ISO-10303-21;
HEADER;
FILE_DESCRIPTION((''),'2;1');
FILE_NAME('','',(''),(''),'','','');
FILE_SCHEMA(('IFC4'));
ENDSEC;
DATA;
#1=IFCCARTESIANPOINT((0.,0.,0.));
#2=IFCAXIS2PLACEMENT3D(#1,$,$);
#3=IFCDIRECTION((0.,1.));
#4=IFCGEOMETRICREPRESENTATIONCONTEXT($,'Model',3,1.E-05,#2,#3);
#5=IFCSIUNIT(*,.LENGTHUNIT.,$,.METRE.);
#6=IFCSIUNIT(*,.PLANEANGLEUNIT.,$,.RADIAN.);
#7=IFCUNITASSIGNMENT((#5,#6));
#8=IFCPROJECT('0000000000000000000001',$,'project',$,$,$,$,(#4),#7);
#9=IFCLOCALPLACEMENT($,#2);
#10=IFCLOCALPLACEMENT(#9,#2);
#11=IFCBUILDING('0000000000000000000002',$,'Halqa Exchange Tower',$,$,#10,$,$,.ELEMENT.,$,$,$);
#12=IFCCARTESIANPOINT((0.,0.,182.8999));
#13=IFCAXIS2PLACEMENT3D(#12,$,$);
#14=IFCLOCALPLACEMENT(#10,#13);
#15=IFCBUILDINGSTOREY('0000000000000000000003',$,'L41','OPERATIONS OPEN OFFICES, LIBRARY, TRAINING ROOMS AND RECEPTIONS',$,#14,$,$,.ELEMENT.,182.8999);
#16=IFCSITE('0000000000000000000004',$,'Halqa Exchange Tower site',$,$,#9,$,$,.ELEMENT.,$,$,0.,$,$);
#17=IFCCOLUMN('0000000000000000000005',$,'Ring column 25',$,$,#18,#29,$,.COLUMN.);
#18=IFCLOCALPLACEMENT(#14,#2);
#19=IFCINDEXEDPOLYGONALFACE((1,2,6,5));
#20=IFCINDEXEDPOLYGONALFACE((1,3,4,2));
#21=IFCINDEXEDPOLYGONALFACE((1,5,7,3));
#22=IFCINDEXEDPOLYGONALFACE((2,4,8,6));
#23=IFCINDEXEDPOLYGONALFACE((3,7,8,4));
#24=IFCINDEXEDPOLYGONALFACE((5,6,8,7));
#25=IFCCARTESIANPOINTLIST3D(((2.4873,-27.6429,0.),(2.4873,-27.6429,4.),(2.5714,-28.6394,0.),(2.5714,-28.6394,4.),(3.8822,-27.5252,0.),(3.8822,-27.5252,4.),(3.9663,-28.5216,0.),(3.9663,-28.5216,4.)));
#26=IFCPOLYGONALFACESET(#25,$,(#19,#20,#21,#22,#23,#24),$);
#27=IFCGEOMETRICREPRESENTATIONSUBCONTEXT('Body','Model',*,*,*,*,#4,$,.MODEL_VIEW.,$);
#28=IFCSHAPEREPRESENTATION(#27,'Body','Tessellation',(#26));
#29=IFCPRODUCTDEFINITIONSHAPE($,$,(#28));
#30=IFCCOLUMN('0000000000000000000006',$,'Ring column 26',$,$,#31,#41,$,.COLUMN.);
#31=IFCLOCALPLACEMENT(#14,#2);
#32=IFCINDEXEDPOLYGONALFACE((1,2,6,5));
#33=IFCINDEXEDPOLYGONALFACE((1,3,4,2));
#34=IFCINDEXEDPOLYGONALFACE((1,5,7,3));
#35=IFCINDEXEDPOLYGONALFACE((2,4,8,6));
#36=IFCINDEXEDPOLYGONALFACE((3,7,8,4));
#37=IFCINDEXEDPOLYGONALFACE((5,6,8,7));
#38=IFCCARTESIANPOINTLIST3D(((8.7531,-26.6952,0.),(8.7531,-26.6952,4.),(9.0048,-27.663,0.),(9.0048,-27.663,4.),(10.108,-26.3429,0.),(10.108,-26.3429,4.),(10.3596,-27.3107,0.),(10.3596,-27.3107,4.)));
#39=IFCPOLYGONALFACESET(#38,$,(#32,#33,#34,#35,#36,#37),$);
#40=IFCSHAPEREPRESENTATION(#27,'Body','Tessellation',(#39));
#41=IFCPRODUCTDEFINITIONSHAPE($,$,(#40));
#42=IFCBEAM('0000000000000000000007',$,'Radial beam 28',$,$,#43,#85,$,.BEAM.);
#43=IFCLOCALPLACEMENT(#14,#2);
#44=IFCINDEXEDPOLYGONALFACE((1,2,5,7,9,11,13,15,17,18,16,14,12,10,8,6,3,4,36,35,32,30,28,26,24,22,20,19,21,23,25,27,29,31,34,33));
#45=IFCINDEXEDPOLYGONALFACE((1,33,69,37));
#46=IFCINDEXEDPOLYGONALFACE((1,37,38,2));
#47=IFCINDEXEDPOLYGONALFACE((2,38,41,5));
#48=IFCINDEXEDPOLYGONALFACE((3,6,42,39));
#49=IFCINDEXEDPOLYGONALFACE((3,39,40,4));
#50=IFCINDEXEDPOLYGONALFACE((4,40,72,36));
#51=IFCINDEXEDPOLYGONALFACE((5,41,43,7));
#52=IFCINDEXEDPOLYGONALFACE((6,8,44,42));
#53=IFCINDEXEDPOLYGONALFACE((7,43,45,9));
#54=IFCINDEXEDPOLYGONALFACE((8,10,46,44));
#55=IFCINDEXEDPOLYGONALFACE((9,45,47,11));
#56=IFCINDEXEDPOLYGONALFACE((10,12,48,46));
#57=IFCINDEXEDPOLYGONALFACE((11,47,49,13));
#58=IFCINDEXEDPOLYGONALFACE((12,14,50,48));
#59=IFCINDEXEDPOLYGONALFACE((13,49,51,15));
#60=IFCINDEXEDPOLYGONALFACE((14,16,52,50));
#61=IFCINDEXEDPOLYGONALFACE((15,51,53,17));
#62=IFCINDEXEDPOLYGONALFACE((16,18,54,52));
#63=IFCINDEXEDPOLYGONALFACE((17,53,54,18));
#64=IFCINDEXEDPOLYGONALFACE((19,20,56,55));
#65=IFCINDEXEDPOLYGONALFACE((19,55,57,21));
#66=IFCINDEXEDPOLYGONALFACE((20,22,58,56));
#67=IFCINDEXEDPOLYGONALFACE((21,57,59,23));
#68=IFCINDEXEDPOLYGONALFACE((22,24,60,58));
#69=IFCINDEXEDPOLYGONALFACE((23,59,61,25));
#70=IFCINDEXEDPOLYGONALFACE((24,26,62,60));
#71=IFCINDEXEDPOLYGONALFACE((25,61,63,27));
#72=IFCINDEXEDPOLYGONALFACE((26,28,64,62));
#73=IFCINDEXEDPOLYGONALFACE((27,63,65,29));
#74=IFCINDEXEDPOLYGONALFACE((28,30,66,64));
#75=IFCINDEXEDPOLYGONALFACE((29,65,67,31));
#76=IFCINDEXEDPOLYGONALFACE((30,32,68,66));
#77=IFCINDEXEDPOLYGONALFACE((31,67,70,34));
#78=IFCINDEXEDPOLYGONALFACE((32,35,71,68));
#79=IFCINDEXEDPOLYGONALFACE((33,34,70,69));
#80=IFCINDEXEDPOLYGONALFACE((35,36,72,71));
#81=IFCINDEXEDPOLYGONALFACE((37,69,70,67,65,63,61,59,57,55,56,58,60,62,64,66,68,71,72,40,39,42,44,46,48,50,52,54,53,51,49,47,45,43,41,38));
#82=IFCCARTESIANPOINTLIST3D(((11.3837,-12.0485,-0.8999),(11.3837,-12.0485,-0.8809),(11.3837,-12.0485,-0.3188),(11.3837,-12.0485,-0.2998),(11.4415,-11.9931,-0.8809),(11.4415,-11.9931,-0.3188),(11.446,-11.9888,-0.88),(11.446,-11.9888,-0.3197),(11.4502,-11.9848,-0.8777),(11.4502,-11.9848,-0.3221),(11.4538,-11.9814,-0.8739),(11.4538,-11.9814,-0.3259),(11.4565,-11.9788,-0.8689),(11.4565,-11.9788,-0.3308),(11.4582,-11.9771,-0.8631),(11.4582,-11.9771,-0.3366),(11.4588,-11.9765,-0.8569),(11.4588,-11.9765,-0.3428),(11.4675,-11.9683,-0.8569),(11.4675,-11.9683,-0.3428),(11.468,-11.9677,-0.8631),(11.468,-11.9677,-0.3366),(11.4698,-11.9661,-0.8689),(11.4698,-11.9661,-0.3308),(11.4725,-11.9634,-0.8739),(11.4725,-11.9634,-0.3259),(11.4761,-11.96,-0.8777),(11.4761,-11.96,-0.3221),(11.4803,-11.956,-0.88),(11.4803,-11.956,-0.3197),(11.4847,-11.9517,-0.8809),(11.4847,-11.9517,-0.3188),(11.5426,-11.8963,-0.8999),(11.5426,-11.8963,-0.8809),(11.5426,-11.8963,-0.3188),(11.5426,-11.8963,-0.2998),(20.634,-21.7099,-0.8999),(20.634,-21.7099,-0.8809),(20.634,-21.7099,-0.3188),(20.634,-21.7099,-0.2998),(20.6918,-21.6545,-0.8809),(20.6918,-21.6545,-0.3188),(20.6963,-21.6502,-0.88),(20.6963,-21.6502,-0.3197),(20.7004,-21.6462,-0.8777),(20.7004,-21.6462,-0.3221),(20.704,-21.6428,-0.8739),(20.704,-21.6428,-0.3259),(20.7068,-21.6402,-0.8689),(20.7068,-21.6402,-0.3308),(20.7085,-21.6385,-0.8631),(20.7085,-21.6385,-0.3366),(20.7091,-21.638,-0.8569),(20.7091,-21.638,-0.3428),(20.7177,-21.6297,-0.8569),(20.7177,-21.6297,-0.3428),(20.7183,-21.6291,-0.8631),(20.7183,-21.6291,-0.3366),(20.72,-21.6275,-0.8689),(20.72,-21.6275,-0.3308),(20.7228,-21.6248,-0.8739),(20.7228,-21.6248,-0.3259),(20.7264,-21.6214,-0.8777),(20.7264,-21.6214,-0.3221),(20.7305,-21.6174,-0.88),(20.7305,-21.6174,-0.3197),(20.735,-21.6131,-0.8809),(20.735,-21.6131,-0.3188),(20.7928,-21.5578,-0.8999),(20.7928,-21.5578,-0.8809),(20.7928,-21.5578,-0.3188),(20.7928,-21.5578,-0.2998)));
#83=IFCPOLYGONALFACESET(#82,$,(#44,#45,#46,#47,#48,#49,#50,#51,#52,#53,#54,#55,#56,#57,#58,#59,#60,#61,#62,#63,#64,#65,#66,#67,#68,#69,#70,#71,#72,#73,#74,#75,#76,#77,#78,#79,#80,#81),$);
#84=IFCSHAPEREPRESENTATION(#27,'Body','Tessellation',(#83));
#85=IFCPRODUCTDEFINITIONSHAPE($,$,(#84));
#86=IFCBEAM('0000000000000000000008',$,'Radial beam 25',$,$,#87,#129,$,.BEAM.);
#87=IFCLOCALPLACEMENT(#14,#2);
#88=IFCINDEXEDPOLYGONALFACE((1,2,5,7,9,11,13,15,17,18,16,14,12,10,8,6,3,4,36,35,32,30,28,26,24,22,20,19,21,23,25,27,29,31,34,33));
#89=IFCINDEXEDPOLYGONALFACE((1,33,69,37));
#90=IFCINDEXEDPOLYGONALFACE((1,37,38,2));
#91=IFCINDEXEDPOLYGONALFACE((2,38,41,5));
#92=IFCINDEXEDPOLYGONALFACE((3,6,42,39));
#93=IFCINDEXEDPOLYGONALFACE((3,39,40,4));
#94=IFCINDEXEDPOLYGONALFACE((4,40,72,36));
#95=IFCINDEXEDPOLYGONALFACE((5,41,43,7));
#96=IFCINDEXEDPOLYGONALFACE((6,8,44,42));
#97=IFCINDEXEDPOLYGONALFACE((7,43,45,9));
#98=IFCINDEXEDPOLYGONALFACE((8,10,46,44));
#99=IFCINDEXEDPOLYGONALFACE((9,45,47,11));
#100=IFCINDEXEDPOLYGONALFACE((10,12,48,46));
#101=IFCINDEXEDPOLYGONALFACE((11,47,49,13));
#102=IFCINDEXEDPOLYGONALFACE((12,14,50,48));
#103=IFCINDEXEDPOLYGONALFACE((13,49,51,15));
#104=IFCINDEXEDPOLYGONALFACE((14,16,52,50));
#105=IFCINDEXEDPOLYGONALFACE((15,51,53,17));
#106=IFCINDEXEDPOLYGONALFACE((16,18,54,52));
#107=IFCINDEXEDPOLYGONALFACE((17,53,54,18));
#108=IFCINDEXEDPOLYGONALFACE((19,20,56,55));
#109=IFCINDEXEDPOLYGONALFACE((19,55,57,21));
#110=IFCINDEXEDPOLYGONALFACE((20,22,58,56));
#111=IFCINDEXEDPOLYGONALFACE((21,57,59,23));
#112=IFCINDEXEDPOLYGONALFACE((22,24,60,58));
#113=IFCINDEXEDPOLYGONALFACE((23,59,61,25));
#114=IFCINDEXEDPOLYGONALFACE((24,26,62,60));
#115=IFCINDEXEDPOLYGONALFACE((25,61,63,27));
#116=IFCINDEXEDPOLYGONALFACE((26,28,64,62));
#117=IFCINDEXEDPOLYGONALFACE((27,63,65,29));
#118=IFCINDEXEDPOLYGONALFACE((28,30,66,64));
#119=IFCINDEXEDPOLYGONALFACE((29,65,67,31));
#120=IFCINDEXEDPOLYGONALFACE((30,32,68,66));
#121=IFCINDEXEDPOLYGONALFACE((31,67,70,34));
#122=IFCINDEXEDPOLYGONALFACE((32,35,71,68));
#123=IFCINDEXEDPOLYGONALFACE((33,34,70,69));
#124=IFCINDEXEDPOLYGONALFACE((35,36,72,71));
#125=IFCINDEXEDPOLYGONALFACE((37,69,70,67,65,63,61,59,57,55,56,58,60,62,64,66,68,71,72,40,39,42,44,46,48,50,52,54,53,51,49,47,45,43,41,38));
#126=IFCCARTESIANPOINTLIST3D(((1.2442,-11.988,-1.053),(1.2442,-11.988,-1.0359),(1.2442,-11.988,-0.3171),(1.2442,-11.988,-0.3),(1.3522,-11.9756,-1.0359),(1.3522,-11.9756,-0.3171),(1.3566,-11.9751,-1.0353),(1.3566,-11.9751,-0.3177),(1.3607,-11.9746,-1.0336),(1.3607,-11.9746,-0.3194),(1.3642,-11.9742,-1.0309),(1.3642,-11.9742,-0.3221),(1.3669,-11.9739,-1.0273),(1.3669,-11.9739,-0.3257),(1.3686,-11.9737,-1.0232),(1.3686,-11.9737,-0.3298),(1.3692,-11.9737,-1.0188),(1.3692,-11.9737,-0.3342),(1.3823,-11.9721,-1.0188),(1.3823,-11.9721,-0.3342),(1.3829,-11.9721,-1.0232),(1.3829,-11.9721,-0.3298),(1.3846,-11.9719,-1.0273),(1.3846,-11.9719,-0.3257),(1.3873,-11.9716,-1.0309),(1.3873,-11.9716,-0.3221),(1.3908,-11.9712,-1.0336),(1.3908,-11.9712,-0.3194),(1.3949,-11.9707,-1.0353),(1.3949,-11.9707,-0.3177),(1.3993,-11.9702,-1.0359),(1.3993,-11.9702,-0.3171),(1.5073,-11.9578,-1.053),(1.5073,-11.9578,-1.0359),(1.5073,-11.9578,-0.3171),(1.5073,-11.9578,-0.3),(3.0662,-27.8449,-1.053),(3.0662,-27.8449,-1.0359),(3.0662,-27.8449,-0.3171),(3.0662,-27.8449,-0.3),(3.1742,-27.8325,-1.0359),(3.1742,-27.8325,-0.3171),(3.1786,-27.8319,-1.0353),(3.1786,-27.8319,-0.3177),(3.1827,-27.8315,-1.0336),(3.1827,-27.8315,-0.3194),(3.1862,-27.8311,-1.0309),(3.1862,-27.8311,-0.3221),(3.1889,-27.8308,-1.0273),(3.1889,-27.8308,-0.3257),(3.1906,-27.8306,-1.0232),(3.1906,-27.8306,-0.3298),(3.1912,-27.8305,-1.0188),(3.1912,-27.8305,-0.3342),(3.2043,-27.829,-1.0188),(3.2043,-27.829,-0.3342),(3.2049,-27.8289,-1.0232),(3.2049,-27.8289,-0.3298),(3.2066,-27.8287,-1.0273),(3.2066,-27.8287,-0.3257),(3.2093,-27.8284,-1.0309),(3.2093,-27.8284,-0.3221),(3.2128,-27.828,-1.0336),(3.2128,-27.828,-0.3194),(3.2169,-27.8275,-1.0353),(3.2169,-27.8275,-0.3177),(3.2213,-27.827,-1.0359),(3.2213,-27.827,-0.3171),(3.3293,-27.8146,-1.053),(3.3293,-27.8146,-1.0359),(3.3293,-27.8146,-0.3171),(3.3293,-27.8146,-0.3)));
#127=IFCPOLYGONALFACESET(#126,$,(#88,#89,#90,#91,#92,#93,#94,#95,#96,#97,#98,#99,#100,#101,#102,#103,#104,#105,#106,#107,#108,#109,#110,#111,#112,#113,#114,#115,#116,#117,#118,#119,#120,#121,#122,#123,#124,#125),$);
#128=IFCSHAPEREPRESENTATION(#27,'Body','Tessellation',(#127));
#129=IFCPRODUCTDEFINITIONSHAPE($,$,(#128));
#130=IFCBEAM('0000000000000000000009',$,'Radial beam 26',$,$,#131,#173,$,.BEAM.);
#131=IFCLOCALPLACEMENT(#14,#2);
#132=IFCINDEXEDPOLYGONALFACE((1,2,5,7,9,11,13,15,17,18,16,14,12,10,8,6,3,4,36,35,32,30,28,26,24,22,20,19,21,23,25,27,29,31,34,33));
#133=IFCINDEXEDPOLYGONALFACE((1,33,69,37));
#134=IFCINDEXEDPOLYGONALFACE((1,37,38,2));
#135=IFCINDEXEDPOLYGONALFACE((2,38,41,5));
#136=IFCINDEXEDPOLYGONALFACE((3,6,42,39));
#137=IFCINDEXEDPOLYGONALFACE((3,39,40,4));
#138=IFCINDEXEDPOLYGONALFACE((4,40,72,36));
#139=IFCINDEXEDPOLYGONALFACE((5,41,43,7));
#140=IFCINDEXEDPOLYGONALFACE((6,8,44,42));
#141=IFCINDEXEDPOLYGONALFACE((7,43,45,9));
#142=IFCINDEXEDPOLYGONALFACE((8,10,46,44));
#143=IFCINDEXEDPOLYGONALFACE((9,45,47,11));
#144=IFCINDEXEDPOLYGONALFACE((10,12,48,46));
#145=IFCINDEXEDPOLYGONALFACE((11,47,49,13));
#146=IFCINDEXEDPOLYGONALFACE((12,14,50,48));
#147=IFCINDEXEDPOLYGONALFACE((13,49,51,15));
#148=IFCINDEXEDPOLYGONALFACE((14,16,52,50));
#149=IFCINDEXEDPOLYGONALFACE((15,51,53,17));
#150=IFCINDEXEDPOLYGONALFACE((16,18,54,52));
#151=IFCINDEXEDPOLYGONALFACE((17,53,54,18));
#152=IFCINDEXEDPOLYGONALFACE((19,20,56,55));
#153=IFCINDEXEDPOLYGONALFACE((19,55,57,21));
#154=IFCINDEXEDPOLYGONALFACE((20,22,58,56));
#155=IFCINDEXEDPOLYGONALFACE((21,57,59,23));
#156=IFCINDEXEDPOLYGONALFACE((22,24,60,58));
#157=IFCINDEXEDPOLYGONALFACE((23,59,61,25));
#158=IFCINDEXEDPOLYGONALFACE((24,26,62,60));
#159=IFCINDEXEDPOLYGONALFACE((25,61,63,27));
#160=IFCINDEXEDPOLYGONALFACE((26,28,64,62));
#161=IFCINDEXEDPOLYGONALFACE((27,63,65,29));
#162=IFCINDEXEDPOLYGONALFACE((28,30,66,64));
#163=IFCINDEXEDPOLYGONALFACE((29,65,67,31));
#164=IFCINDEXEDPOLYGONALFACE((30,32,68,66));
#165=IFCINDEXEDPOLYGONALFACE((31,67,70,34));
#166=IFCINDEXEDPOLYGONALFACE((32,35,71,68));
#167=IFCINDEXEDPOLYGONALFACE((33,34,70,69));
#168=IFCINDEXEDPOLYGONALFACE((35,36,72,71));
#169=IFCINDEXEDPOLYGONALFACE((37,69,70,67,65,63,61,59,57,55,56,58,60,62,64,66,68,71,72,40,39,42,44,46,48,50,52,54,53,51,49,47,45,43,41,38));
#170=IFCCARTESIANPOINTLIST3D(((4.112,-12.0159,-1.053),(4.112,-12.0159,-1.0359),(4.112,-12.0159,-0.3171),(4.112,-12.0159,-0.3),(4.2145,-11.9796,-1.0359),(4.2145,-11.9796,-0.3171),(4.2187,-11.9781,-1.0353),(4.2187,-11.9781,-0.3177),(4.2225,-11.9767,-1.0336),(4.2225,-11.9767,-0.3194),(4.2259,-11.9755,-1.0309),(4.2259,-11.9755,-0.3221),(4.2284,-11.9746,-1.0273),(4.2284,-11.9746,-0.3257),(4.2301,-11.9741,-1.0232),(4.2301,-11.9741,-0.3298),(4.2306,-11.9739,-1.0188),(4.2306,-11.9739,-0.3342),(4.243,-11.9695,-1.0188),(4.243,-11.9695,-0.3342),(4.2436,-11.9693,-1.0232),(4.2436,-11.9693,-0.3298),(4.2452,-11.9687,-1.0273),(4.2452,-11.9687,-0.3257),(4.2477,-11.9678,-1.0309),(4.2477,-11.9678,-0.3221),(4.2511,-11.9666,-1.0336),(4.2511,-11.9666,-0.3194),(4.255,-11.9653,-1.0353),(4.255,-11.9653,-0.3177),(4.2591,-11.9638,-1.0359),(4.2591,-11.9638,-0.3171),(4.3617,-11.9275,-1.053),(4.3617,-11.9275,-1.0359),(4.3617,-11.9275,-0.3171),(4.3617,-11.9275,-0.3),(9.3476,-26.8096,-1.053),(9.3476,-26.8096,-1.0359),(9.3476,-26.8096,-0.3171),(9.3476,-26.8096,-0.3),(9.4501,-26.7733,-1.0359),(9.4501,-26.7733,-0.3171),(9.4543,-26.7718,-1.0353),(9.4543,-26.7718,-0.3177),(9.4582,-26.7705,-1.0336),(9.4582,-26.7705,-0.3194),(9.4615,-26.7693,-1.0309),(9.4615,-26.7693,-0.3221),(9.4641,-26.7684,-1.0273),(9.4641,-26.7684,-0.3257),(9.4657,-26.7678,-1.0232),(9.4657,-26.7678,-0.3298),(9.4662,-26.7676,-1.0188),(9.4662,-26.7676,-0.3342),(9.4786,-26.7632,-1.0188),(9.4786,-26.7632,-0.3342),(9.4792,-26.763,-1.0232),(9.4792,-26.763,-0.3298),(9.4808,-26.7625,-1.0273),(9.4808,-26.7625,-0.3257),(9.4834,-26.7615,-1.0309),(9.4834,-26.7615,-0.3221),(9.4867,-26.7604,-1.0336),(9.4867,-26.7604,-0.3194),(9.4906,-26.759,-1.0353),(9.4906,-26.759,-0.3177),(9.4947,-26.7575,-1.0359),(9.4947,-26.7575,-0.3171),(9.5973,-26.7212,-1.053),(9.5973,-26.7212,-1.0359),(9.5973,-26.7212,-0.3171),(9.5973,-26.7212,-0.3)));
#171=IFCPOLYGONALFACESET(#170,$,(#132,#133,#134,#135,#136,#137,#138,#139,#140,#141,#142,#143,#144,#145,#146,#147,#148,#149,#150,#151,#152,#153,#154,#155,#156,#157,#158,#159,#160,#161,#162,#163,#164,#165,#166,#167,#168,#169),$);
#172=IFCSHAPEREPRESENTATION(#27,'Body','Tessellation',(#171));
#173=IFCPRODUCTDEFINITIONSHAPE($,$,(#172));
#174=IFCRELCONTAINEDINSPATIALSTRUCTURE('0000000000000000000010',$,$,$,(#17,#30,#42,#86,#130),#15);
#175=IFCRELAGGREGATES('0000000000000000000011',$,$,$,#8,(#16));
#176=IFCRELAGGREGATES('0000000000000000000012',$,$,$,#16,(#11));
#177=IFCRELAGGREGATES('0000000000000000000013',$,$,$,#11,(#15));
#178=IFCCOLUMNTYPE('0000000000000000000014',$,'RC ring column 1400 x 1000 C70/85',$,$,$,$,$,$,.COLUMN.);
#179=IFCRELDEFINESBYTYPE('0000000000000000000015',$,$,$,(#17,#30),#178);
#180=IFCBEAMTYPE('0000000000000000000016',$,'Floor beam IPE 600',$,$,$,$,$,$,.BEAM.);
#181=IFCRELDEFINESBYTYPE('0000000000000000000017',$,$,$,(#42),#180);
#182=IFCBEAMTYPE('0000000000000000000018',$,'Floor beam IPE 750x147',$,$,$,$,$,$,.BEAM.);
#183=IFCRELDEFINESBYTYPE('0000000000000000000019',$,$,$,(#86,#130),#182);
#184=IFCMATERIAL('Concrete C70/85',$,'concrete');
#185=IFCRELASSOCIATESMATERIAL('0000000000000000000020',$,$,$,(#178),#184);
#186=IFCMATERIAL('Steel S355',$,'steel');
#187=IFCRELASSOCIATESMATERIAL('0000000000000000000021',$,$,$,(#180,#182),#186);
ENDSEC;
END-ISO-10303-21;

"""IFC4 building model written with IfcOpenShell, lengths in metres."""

from ifc_helpers import new_model, si_unit, direction, frame, origin, origin_2d, place, context, subcontext, project, spatial, rectangle, i_section, extrude, material, material_profile, profile_set, type_object, element, save


model = new_model("IFC4")

# Units and contexts
model_context = context("Model", 3, precision=1e-05, world=origin(), true_north=direction((0.0, 1.0)))
body_context = subcontext(model_context, "Body", "Model", "MODEL_VIEW")
ifc_project = project(units=[si_unit("LENGTHUNIT", "METRE"), si_unit("PLANEANGLEUNIT", "RADIAN")], contexts=[model_context])

# Site, building, storey
site_placement = place(None, origin())
site = spatial("IfcSite", under=ifc_project, at=site_placement, Name="Halqa Exchange Tower site", CompositionType="ELEMENT", RefElevation=0.0)
building_placement = place(site_placement, origin())
building = spatial("IfcBuilding", under=site, at=building_placement, Name="Halqa Exchange Tower", CompositionType="ELEMENT")
storey_placement = place(building_placement, frame((0.0, 0.0, 182.8999)))
storey = spatial("IfcBuildingStorey", under=building, at=storey_placement, Name="L41", Description="OPERATIONS OPEN OFFICES, LIBRARY, TRAINING ROOMS AND RECEPTIONS", CompositionType="ELEMENT", Elevation=182.8999)

# Columns
ifc_material_1 = material(Name="Concrete C70/85", Category="concrete")
ifc_material_profile_1 = material_profile(ifc_material_1, rectangle(XDim=1.3999, YDim=1.0, at=origin_2d()), Name="1400 x 1000")
ifc_profile_set_1 = profile_set([ifc_material_profile_1], Name="Concrete C70/85")
column_type = type_object("IfcColumnType", Name="RC ring column 1400 x 1000 C70/85", PredefinedType="COLUMN", material=ifc_profile_set_1)
for number, where, z_axis, x_axis, name in (
    (1, (3.2268, -28.0823, 0.0), (0.0, 0.0, 1.0), (0.996455, 0.084123, 0.0), "Ring column 25"),
    (2, (9.5564, -27.0029, 0.0), (0.0, 0.0, 1.0), (0.96782, 0.251645, 0.0), "Ring column 26"),
):
    element("IfcColumn", number, at=place(storey_placement, frame(where, z_axis=z_axis, x_axis=x_axis)), inside=storey, type_object=column_type, Name=name, PredefinedType="COLUMN", context=body_context, shape_type="SweptSolid", body=[
        extrude(rectangle(XDim=1.3999, YDim=1.0, at=origin_2d()), origin(), (0.0, 0.0, 1.0), 4.0),
    ])

# Beams
ifc_material_2 = material(Name="Steel S355", Category="steel")
ifc_material_profile_2 = material_profile(ifc_material_2, i_section(OverallWidth=0.22, OverallDepth=0.6001, WebThickness=0.012, FlangeThickness=0.019, FilletRadius=0.0239, at=origin_2d()), Name="IPE 600")
ifc_profile_set_2 = profile_set([ifc_material_profile_2], Name="Steel S355")
beam_type_1 = type_object("IfcBeamType", Name="Floor beam IPE 600", PredefinedType="BEAM", material=ifc_profile_set_2)
beam_1_placement = place(storey_placement, frame((11.4631, -11.9724, -0.5999), z_axis=(0.691571, -0.722308, 0.0), x_axis=(0.722308, 0.691571, 0.0)))
element("IfcBeam", 3, at=beam_1_placement, inside=storey, type_object=beam_type_1, Name="Radial beam 28", PredefinedType="BEAM", context=body_context, shape_type="SweptSolid", body=[
    extrude(i_section(OverallWidth=0.22, OverallDepth=0.6001, WebThickness=0.012, FlangeThickness=0.019, FilletRadius=0.0239, at=origin_2d()), origin(), (0.0, 0.0, 1.0), 13.3757),
])
ifc_material_profile_3 = material_profile(ifc_material_2, i_section(OverallWidth=0.2649, OverallDepth=0.7529, WebThickness=0.0132, FlangeThickness=0.0171, FilletRadius=0.0171, at=origin_2d()), Name="IPE 750x147")
ifc_profile_set_3 = profile_set([ifc_material_profile_3], Name="Steel S355")
beam_type_2 = type_object("IfcBeamType", Name="Floor beam IPE 750x147", PredefinedType="BEAM", material=ifc_profile_set_3)
beam_2_placement = place(storey_placement, frame((1.3757, -11.9729, -0.6765), z_axis=(0.114153, -0.993463, 0.0), x_axis=(0.993463, 0.114153, 0.0)))
element("IfcBeam", 4, at=beam_2_placement, inside=storey, type_object=beam_type_2, Name="Radial beam 25", PredefinedType="BEAM", context=body_context, shape_type="SweptSolid", body=[
    extrude(i_section(OverallWidth=0.2649, OverallDepth=0.7529, WebThickness=0.0132, FlangeThickness=0.0171, FilletRadius=0.0171, at=origin_2d()), origin(), (0.0, 0.0, 1.0), 15.9612),
])
beam_3_placement = place(storey_placement, frame((4.2368, -11.9717, -0.6765), z_axis=(0.33363, -0.942704, 0.0), x_axis=(0.942704, 0.33363, 0.0)))
element("IfcBeam", 5, at=beam_3_placement, inside=storey, type_object=beam_type_2, Name="Radial beam 26", PredefinedType="BEAM", context=body_context, shape_type="SweptSolid", body=[
    extrude(i_section(OverallWidth=0.2649, OverallDepth=0.7529, WebThickness=0.0132, FlangeThickness=0.0171, FilletRadius=0.0171, at=origin_2d()), origin(), (0.0, 0.0, 1.0), 15.6929),
])

save(model, "model.ifc")
